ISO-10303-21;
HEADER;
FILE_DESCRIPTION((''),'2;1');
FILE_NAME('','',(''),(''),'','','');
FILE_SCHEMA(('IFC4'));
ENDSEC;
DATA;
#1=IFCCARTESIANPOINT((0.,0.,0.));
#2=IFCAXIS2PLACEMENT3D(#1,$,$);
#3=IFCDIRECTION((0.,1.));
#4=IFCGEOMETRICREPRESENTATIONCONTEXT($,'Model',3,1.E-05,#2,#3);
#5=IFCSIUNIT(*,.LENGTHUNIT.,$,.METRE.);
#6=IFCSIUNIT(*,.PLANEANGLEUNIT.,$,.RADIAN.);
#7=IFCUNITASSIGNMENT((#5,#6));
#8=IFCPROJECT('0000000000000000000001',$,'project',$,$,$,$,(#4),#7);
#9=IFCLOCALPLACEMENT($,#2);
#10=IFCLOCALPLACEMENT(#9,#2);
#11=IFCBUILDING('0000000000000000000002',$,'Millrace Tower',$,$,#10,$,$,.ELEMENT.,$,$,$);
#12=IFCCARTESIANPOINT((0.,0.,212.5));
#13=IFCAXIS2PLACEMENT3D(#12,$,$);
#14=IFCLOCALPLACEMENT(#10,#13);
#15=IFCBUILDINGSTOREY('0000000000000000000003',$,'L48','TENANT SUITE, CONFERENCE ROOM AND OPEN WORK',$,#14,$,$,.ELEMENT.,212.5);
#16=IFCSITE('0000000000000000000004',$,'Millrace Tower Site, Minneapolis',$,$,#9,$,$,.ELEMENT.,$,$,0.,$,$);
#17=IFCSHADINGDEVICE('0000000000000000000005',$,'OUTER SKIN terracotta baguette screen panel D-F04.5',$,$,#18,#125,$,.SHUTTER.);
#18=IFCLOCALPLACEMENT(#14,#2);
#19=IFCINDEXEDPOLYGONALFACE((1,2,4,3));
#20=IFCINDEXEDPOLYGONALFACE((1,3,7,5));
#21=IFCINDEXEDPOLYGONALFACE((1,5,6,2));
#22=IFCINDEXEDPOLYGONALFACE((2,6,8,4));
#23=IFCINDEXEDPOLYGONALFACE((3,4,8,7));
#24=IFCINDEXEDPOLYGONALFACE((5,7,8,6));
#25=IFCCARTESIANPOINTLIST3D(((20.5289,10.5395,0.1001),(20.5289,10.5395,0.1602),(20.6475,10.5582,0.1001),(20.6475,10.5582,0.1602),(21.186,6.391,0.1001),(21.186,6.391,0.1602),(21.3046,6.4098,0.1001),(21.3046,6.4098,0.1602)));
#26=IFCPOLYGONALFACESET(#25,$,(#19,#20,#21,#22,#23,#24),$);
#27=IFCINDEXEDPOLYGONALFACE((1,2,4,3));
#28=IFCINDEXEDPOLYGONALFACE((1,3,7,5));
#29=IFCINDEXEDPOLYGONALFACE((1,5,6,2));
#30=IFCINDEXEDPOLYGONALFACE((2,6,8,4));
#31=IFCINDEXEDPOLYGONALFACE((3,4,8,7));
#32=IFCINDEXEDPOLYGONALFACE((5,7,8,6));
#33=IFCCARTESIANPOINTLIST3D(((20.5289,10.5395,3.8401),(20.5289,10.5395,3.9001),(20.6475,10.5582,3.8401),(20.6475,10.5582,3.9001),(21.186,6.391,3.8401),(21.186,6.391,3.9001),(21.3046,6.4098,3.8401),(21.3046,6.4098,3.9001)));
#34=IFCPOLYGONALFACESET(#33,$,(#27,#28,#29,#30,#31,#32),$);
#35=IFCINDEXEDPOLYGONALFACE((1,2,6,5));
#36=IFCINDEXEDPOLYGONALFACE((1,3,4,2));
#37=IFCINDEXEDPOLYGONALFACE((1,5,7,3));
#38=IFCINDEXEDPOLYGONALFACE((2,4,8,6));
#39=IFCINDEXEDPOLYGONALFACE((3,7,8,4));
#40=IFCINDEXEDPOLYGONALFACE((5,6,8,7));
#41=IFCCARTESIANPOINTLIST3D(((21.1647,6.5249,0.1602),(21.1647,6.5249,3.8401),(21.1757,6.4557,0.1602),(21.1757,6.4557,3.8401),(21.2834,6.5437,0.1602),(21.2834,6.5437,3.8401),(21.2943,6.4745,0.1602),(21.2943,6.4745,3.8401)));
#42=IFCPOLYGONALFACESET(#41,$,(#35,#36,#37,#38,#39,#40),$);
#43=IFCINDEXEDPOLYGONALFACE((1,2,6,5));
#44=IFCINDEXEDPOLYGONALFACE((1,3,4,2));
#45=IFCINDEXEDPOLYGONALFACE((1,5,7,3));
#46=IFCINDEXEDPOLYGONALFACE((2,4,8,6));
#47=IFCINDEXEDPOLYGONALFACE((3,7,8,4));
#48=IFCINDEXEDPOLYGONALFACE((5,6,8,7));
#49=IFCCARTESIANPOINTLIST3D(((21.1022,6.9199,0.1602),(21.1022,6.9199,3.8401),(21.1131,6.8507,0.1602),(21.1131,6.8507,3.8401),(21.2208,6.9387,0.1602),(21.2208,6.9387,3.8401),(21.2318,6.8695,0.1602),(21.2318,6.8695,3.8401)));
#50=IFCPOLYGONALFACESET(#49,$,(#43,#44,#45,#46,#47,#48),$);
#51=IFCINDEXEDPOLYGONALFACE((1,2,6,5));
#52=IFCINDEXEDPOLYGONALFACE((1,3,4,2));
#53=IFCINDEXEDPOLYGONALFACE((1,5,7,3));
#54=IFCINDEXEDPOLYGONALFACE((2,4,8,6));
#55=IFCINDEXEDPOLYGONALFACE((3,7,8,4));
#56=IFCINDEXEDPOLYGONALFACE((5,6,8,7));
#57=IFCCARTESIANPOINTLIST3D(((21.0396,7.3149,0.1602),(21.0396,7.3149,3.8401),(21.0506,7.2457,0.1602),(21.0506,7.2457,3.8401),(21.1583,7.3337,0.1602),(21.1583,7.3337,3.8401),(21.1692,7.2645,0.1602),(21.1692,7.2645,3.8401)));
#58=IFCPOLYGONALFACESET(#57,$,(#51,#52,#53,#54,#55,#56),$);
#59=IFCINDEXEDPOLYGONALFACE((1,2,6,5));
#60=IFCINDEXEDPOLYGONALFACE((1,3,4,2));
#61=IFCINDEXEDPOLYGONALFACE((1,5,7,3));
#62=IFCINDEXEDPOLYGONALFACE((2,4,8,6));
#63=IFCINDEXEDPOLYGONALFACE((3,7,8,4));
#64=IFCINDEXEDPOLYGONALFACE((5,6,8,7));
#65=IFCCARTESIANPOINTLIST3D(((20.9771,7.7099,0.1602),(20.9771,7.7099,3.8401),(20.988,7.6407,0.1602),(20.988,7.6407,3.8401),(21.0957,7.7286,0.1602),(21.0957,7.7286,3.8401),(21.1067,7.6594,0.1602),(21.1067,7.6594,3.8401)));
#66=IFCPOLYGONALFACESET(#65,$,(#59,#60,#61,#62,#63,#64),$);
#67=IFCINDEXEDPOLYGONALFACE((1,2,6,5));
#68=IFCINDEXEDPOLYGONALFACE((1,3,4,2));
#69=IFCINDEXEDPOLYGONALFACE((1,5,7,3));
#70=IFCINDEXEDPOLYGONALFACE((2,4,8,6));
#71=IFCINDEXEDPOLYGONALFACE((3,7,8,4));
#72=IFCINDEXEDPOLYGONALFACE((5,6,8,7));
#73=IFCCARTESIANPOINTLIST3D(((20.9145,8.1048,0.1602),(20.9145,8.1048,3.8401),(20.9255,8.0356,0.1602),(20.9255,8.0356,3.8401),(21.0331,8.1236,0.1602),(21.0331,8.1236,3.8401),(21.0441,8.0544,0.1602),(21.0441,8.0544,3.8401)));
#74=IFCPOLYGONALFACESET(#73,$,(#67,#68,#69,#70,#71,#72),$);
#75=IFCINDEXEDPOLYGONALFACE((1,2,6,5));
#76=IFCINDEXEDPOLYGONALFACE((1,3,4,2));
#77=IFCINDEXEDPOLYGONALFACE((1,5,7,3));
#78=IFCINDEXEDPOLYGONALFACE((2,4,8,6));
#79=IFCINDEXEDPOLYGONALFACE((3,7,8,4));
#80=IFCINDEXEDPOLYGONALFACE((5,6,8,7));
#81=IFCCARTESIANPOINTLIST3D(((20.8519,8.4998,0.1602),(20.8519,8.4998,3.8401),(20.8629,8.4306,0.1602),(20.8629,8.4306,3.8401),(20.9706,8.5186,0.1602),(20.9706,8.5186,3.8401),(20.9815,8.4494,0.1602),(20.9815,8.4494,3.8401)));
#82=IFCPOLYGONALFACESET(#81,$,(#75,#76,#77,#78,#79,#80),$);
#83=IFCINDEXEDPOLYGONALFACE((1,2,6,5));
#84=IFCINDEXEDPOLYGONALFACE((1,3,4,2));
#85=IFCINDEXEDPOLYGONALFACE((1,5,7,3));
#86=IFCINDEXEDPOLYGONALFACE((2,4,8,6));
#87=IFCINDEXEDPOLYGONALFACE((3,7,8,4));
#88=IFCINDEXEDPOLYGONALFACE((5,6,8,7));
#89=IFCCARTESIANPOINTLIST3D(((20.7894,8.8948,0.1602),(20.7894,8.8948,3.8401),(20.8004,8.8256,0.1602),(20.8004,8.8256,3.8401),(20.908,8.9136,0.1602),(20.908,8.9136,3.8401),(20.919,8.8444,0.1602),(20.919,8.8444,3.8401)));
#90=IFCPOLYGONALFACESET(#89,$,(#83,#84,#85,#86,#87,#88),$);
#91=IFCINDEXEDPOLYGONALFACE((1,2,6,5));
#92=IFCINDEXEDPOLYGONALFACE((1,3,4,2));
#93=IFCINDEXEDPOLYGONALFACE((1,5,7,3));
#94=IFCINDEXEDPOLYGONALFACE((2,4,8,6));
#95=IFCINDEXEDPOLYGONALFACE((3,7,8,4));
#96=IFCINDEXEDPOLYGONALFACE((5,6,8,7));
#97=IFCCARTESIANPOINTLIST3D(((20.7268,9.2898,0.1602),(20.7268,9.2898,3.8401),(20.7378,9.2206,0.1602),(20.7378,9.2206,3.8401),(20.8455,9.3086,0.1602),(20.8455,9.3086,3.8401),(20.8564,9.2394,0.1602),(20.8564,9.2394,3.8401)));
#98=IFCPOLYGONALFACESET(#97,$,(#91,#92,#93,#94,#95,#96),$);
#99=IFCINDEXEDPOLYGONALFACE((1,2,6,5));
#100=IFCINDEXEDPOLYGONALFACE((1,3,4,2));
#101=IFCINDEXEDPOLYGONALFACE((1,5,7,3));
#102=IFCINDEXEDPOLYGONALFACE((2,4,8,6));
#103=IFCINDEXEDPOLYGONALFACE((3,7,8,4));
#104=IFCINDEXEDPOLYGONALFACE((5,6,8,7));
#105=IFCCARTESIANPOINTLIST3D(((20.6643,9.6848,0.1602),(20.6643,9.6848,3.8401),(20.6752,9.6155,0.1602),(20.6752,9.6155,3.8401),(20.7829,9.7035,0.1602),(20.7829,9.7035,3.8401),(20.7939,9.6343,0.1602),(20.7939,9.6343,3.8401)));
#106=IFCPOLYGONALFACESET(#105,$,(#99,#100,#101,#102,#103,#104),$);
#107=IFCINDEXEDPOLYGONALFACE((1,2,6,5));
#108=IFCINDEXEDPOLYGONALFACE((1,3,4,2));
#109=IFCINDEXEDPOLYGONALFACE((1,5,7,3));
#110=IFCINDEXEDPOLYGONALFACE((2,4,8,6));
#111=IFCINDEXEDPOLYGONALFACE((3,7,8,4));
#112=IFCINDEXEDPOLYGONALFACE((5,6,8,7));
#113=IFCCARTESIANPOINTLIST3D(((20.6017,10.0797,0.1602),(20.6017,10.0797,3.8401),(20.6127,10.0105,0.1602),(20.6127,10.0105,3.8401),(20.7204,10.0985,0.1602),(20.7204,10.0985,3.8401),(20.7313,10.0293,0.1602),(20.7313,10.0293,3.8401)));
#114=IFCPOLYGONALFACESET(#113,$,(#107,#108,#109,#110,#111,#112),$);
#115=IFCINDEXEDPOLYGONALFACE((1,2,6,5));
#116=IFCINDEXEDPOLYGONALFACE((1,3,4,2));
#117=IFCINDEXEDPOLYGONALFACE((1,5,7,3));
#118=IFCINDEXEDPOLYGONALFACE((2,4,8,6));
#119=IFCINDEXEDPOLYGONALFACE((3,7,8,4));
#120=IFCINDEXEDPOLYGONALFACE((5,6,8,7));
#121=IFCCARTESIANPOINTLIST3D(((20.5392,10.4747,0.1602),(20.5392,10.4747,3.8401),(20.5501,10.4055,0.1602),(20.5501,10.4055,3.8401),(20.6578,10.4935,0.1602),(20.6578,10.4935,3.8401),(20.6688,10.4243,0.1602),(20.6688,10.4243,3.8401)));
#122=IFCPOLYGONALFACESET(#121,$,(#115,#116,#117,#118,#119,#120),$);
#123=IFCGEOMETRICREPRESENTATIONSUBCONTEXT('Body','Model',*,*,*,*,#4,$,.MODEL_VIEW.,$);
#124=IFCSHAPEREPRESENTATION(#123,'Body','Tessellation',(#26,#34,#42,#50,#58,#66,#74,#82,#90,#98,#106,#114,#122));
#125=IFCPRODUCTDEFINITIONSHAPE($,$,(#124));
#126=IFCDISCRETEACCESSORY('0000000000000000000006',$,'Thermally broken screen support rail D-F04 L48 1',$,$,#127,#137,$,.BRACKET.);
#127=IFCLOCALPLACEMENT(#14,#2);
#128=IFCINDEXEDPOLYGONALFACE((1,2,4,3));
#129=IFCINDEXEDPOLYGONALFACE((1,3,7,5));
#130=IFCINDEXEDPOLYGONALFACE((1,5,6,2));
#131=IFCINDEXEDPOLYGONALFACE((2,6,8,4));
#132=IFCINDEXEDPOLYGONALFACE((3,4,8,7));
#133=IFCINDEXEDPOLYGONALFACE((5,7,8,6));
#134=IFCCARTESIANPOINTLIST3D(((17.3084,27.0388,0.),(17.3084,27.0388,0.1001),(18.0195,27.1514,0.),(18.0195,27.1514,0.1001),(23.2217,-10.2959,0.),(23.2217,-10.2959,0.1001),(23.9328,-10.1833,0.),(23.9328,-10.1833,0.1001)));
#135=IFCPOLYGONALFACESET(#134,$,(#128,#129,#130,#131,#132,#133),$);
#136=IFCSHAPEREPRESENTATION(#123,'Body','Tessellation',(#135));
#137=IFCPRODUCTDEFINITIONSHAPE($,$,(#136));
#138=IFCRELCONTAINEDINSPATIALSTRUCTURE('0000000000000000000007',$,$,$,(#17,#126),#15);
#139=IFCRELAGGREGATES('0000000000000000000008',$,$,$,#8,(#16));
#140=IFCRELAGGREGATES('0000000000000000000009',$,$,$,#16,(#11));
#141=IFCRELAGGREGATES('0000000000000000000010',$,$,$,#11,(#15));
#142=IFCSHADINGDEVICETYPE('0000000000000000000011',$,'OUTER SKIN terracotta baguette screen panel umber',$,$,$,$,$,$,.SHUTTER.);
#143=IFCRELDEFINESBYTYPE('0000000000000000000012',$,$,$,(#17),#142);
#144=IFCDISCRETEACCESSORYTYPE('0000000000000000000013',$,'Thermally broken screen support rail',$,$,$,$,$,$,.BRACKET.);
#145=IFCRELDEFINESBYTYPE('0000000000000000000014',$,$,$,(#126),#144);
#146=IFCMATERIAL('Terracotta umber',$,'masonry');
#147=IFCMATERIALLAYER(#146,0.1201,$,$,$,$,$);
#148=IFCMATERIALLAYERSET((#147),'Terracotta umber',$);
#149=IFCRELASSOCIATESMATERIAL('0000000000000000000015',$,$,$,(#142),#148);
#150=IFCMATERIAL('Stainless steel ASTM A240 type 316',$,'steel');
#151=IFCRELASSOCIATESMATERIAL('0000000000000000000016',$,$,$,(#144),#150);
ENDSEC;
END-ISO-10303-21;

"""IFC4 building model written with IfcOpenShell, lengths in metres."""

from ifc_helpers import new_model, entity, si_unit, direction, frame, frame_2d, origin, origin_2d, place, context, subcontext, project, spatial, rectangle, extrude, source, transform, mapped, material, layer, layer_set, type_object, element, save


model = new_model("IFC4")

# Units and contexts
model_context = context("Model", 3, precision=1e-05, world=origin(), true_north=direction((0.0, 1.0)))
body_context = subcontext(model_context, "Body", "Model", "MODEL_VIEW")
ifc_project = project(units=[si_unit("LENGTHUNIT", "METRE"), si_unit("PLANEANGLEUNIT", "RADIAN")], contexts=[model_context])

# Site, building, storey
site_placement = place(None, origin())
site = spatial("IfcSite", under=ifc_project, at=site_placement, Name="Millrace Tower Site, Minneapolis", CompositionType="ELEMENT", RefElevation=0.0)
building_placement = place(site_placement, origin())
building = spatial("IfcBuilding", under=site, at=building_placement, Name="Millrace Tower", CompositionType="ELEMENT")
storey_placement = place(building_placement, frame((0.0, 0.0, 212.5)))
storey = spatial("IfcBuildingStorey", under=building, at=storey_placement, Name="L48", Description="TENANT SUITE, CONFERENCE ROOM AND OPEN WORK", CompositionType="ELEMENT", Elevation=212.5)

# Shading device
ifc_material_1 = material(Name="Terracotta umber", Category="masonry")
ifc_layer_1 = layer(ifc_material_1, 0.1201)
ifc_layer_set_1 = layer_set([ifc_layer_1], Name="Terracotta umber")
shading_device_type = type_object("IfcShadingDeviceType", Name="OUTER SKIN terracotta baguette screen panel umber", PredefinedType="SHUTTER", material=ifc_layer_set_1)
cartesian_point = entity("IfcCartesianPoint", [-2.1001, 0.0601])
shared_polyline = entity("IfcPolyline", [cartesian_point, entity("IfcCartesianPoint", [2.1001, 0.0601]), entity("IfcCartesianPoint", [2.1001, -0.0601]), entity("IfcCartesianPoint", [-2.1001, -0.0601]), cartesian_point])
shared_shape = source(origin(), body_context, "Body", "SweptSolid", [
    entity("IfcExtrudedAreaSolid", entity("IfcArbitraryClosedProfileDef", "AREA", None, shared_polyline), entity("IfcAxis2Placement3D", entity("IfcCartesianPoint", [0.0, 0.0, 0.0])), entity("IfcDirection", [0.0, 0.0, 1.0]), 0.0601),
    entity("IfcExtrudedAreaSolid", entity("IfcArbitraryClosedProfileDef", "AREA", None, shared_polyline), entity("IfcAxis2Placement3D", entity("IfcCartesianPoint", [0.0, 0.0, 3.74])), entity("IfcDirection", [0.0, 0.0, 1.0]), 0.0601),
    extrude(rectangle(XDim=0.0701, YDim=0.1201, at=frame_2d((-1.9995, 0.0))), frame((0.0, 0.0, 0.0601)), (0.0, 0.0, 1.0), 3.6799),
    extrude(rectangle(XDim=0.0701, YDim=0.1201, at=frame_2d((-1.5996, 0.0))), frame((0.0, 0.0, 0.0601)), (0.0, 0.0, 1.0), 3.6799),
    extrude(rectangle(XDim=0.0701, YDim=0.1201, at=frame_2d((-1.1997, 0.0))), frame((0.0, 0.0, 0.0601)), (0.0, 0.0, 1.0), 3.6799),
    extrude(rectangle(XDim=0.0701, YDim=0.1201, at=frame_2d((-0.7998, 0.0))), frame((0.0, 0.0, 0.0601)), (0.0, 0.0, 1.0), 3.6799),
    extrude(rectangle(XDim=0.0701, YDim=0.1201, at=frame_2d((-0.3999, 0.0))), frame((0.0, 0.0, 0.0601)), (0.0, 0.0, 1.0), 3.6799),
    extrude(rectangle(XDim=0.0701, YDim=0.1201, at=origin_2d()), frame((0.0, 0.0, 0.0601)), (0.0, 0.0, 1.0), 3.6799),
    extrude(rectangle(XDim=0.0701, YDim=0.1201, at=frame_2d((0.3999, 0.0))), frame((0.0, 0.0, 0.0601)), (0.0, 0.0, 1.0), 3.6799),
    extrude(rectangle(XDim=0.0701, YDim=0.1201, at=frame_2d((0.7998, 0.0))), frame((0.0, 0.0, 0.0601)), (0.0, 0.0, 1.0), 3.6799),
    extrude(rectangle(XDim=0.0701, YDim=0.1201, at=frame_2d((1.1997, 0.0))), frame((0.0, 0.0, 0.0601)), (0.0, 0.0, 1.0), 3.6799),
    extrude(rectangle(XDim=0.0701, YDim=0.1201, at=frame_2d((1.5996, 0.0))), frame((0.0, 0.0, 0.0601)), (0.0, 0.0, 1.0), 3.6799),
    extrude(rectangle(XDim=0.0701, YDim=0.1201, at=frame_2d((1.9995, 0.0))), frame((0.0, 0.0, 0.0601)), (0.0, 0.0, 1.0), 3.6799),
])
for number, where, z_axis, x_axis, name in (
    (1, (20.9167, 8.4746, 0.1001), (0.0, 0.0, 1.0), (-0.156434, 0.987688, 0.0), "OUTER SKIN terracotta baguette screen panel D-F04.5"),
):
    element("IfcShadingDevice", number, at=place(storey_placement, frame(where, z_axis=z_axis, x_axis=x_axis)), inside=storey, type_object=shading_device_type, Name=name, PredefinedType="SHUTTER", context=body_context, shape_type="MappedRepresentation", body=[
        mapped(shared_shape, transform((0.0, 0.0, 0.0), scale=1.0)),
    ])

# Discrete accessory
ifc_material_2 = material(Name="Stainless steel ASTM A240 type 316", Category="steel")
discrete_accessory_type = type_object("IfcDiscreteAccessoryType", Name="Thermally broken screen support rail", PredefinedType="BRACKET", material=ifc_material_2)
discrete_accessory_placement = place(storey_placement, frame((20.6206, 8.4277, 0.0), z_axis=(0.0, 0.0, 1.0), x_axis=(-0.156434, 0.987688, 0.0)))
element("IfcDiscreteAccessory", 2, at=discrete_accessory_placement, inside=storey, type_object=discrete_accessory_type, Name="Thermally broken screen support rail D-F04 L48 1", PredefinedType="BRACKET", context=body_context, shape_type="SweptSolid", body=[
    extrude(rectangle(XDim=37.8, YDim=0.72, at=origin_2d()), origin(), (0.0, 0.0, 1.0), 0.1001),
])

save(model, "model.ifc")
